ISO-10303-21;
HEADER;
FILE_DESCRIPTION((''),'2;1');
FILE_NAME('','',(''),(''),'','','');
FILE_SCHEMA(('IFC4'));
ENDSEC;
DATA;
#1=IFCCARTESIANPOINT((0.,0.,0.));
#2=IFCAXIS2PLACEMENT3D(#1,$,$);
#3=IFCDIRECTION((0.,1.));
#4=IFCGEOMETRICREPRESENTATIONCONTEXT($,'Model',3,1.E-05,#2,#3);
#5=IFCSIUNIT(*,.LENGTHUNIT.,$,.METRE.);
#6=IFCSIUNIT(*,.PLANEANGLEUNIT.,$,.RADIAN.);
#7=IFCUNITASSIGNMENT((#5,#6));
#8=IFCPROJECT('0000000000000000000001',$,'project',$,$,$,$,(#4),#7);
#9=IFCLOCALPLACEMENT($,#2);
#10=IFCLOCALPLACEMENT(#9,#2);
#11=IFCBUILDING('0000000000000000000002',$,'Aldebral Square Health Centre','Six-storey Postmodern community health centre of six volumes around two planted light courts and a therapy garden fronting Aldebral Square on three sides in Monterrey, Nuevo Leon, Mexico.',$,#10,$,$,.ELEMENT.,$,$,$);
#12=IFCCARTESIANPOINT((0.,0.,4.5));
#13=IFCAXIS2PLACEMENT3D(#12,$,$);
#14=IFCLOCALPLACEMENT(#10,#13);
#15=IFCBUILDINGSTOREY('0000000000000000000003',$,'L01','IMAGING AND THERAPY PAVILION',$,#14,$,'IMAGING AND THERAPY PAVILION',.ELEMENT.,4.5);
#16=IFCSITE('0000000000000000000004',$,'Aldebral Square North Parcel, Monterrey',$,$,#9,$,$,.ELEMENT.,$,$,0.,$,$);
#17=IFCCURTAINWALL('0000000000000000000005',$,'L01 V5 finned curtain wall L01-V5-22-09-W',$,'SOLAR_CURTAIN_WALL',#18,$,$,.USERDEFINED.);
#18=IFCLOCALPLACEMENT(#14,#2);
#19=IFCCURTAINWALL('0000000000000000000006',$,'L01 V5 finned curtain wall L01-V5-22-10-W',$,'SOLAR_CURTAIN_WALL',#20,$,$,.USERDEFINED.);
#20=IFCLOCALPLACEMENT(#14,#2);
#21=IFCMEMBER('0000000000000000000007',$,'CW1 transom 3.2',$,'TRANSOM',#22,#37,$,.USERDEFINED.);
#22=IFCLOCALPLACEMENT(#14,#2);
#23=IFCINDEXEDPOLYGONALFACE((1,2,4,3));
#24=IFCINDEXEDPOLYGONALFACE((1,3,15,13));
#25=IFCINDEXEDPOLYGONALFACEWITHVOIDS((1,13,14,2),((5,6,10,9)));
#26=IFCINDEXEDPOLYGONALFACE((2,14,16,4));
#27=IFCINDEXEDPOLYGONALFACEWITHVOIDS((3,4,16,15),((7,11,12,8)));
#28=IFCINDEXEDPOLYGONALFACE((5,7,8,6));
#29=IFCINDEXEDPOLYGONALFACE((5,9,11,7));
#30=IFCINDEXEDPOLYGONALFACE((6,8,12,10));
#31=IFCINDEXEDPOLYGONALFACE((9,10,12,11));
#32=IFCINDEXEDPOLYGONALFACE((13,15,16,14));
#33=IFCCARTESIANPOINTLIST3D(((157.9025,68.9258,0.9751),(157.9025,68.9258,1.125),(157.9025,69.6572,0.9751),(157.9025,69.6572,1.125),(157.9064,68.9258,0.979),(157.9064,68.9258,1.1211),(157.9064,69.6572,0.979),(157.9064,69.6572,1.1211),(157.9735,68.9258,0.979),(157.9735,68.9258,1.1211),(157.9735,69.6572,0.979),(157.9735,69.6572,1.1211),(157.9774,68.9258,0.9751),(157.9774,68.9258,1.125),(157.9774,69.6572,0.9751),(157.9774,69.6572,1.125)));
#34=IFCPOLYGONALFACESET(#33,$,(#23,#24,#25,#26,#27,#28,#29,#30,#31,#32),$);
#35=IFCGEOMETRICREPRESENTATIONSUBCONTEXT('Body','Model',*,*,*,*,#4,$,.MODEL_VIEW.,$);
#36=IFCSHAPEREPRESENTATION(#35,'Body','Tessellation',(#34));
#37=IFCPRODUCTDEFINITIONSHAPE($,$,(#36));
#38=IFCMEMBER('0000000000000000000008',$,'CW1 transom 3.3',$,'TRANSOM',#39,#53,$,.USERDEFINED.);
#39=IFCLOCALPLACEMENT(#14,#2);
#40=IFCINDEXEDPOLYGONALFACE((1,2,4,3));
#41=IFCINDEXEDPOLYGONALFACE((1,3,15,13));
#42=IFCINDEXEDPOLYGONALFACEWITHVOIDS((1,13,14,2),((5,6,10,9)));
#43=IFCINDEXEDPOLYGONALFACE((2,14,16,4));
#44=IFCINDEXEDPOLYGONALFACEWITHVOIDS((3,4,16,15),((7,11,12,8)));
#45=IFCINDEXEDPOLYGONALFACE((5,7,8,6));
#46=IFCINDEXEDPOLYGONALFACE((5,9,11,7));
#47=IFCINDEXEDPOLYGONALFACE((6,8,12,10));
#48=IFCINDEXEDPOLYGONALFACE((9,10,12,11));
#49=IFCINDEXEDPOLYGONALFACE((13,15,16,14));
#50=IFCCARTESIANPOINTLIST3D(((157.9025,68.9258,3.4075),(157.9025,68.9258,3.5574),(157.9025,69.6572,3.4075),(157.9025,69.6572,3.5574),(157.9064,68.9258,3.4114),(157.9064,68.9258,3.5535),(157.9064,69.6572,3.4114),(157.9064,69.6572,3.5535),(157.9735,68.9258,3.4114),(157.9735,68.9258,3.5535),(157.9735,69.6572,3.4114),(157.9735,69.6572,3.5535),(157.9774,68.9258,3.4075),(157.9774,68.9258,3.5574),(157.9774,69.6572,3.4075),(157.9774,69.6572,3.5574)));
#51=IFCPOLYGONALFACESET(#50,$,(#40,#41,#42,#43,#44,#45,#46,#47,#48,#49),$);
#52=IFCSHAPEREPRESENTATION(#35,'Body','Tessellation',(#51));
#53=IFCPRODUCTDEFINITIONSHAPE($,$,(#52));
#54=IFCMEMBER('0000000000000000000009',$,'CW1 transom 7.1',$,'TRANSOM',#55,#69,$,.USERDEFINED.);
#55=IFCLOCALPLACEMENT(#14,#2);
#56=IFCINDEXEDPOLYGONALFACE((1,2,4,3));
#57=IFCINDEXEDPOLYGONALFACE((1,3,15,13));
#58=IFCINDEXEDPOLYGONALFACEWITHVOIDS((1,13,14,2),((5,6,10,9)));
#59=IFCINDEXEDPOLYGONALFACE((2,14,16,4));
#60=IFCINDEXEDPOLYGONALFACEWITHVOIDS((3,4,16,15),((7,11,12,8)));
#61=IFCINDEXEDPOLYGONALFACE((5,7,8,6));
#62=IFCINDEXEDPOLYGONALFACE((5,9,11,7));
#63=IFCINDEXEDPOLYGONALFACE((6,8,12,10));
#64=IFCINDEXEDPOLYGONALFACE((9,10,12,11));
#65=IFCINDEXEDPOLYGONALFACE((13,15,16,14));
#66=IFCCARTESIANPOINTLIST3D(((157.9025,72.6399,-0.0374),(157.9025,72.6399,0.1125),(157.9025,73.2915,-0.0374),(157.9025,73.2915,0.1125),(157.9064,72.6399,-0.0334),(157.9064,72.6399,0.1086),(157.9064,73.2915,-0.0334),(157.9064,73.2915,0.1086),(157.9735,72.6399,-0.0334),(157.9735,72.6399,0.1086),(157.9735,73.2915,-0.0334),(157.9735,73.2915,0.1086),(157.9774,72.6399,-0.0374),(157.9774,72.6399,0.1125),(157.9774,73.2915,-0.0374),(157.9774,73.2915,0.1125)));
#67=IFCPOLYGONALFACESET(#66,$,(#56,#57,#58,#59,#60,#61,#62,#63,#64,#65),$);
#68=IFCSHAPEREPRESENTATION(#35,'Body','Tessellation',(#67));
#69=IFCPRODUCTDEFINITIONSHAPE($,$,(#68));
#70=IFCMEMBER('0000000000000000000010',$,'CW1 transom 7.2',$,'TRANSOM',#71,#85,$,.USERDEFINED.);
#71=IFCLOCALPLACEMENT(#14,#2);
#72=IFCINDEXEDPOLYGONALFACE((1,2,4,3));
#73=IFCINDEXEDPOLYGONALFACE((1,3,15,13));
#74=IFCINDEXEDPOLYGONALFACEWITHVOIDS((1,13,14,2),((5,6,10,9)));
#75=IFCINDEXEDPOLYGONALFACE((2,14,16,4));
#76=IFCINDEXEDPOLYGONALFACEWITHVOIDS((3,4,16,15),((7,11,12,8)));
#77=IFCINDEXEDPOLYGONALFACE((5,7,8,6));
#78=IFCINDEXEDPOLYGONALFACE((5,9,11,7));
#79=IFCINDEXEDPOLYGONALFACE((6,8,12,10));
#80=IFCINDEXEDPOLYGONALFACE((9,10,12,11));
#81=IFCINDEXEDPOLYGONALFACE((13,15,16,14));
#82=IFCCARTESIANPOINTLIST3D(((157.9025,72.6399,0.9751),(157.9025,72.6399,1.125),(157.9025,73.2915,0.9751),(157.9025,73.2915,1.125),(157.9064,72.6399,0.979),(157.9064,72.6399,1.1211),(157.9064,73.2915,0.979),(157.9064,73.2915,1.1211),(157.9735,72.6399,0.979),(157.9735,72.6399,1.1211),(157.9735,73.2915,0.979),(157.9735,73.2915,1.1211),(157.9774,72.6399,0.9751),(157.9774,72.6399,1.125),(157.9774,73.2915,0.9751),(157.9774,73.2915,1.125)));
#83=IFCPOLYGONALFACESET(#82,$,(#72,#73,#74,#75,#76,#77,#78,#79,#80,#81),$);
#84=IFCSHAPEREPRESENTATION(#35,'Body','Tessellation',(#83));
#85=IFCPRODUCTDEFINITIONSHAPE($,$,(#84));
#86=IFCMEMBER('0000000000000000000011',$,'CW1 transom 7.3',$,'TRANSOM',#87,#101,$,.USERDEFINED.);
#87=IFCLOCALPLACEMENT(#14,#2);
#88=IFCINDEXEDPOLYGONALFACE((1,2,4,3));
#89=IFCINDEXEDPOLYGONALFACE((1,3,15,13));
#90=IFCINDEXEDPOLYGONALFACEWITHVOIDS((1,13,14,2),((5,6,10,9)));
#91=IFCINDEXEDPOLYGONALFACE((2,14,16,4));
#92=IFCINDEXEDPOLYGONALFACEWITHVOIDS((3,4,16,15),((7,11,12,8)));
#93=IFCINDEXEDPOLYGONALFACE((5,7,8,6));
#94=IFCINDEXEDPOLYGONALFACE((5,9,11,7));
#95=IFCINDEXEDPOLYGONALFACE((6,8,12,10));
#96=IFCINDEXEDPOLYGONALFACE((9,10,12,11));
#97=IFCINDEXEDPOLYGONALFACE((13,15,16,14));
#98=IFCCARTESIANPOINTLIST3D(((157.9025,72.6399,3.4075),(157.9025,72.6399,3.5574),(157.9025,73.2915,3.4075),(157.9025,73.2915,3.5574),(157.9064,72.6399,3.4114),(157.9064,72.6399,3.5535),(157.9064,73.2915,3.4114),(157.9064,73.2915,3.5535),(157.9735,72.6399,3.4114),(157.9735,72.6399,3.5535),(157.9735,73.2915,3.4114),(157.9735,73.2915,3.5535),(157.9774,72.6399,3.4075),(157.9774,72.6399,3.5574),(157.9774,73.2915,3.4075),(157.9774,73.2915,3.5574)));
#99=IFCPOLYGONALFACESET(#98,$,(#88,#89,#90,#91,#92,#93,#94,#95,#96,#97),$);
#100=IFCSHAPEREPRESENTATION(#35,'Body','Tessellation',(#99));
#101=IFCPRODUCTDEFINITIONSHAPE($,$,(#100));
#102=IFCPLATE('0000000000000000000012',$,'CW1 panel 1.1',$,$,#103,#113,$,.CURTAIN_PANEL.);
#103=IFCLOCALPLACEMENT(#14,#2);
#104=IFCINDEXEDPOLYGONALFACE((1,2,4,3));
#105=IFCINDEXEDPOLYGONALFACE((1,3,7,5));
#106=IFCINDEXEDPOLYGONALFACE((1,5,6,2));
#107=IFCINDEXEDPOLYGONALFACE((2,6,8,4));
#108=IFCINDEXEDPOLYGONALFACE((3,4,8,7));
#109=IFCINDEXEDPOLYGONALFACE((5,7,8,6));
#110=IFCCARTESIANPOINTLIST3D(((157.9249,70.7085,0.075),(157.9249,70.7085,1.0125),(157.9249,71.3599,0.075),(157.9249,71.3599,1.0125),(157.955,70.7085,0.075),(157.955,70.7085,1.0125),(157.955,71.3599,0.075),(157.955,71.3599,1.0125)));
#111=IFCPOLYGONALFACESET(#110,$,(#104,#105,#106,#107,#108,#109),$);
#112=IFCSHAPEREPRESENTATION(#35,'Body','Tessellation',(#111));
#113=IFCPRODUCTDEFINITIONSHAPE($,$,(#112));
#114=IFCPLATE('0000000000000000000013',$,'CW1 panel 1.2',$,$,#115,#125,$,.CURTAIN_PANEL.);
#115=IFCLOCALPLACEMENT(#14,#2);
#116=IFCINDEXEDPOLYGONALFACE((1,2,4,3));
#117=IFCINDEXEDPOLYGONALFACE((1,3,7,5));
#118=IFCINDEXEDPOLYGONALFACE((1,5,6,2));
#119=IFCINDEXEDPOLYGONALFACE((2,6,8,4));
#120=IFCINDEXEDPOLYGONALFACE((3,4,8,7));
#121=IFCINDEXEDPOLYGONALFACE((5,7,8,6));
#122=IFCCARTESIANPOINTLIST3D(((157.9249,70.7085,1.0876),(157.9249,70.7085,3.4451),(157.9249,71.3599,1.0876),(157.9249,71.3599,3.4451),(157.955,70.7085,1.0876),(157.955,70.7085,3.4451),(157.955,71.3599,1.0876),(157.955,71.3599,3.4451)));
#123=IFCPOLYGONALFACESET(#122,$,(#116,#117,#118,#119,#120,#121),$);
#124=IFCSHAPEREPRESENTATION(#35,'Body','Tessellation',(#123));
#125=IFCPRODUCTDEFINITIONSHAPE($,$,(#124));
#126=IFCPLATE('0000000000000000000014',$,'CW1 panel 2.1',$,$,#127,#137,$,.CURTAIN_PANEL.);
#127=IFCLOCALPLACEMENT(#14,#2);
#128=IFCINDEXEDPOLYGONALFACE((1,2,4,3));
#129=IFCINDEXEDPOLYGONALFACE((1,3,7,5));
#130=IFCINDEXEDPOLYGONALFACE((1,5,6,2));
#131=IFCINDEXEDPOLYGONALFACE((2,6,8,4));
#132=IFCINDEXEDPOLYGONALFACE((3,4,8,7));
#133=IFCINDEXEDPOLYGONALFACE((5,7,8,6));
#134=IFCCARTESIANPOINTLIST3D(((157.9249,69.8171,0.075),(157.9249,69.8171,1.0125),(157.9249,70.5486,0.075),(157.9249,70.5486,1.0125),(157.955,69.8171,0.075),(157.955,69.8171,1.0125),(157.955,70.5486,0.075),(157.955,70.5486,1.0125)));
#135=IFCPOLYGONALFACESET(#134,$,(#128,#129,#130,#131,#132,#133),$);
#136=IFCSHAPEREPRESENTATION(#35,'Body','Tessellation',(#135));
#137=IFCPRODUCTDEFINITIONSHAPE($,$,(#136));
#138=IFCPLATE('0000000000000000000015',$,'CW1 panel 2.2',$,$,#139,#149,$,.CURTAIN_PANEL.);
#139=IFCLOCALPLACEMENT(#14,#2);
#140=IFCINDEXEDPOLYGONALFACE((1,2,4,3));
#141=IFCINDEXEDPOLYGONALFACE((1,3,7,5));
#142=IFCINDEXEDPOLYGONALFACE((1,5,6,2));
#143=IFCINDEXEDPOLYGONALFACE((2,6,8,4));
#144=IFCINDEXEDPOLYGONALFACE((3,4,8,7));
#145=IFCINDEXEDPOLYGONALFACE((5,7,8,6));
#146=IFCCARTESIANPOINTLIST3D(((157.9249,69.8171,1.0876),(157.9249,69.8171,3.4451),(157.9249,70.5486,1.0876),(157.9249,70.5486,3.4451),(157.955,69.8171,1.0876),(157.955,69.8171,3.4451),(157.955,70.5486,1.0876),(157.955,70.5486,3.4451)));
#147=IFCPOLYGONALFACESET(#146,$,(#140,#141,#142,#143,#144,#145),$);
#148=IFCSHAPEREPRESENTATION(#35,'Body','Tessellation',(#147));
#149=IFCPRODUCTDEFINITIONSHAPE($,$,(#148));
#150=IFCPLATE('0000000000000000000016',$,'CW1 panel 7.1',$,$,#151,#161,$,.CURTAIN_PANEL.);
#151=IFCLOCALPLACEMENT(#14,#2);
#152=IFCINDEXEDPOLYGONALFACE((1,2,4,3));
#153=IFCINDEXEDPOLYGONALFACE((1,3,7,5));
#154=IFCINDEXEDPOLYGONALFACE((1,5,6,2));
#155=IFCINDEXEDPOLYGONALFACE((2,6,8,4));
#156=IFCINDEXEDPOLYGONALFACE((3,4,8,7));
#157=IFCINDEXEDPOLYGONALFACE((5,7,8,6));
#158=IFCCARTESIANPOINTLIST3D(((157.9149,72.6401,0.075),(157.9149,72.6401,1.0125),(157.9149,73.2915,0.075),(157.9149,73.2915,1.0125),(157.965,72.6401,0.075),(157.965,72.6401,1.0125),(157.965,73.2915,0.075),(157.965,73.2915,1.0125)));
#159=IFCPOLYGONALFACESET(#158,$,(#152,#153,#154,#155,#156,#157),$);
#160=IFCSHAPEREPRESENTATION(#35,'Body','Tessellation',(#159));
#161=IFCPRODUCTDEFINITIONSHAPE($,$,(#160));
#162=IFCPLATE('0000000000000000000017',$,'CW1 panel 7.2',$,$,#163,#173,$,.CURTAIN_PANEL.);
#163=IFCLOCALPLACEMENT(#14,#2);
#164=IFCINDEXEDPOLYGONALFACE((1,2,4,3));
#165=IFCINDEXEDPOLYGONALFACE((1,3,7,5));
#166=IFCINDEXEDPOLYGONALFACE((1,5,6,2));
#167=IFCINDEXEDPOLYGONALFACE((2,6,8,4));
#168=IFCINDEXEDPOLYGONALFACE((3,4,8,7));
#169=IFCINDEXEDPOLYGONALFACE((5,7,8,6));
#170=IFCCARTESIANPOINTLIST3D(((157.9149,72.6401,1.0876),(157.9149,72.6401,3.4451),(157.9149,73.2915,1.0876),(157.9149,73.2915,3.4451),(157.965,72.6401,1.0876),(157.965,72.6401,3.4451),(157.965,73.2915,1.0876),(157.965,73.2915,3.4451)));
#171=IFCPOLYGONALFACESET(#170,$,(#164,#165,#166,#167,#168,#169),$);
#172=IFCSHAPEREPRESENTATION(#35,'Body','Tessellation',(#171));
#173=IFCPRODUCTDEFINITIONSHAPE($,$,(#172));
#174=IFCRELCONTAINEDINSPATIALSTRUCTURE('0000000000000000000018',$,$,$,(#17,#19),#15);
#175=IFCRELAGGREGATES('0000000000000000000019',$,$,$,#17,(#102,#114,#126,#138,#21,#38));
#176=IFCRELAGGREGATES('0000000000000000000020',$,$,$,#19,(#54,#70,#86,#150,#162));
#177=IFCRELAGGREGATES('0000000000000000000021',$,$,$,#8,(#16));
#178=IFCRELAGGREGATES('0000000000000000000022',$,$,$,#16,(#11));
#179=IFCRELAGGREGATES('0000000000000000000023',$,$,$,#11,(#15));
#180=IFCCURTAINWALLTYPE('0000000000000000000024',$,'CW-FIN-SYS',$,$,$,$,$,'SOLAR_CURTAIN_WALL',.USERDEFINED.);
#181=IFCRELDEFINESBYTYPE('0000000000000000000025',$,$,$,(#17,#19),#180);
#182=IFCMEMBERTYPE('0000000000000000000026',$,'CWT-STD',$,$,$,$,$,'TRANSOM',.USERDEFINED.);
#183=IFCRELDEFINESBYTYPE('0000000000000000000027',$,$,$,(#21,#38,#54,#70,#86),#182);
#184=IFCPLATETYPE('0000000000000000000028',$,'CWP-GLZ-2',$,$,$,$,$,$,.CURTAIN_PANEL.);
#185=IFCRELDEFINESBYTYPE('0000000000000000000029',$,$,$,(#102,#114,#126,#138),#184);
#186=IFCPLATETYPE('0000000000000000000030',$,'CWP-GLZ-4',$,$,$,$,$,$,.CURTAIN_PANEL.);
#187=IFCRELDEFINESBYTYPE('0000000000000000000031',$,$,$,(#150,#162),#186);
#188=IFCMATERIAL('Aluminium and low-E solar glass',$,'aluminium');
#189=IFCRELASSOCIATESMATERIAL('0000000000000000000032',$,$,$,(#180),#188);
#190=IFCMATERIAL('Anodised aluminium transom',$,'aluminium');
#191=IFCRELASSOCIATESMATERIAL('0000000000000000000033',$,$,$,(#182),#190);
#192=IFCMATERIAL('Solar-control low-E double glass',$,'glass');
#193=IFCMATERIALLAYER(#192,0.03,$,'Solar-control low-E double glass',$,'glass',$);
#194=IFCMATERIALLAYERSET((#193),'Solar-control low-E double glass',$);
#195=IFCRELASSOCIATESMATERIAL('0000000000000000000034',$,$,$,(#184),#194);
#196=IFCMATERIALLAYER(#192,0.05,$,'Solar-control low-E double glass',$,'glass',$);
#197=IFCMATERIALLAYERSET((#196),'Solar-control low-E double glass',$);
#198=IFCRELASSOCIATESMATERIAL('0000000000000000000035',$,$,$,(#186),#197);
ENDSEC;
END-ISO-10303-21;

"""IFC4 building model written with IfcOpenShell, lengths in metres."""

from ifc_helpers import new_model, si_unit, direction, frame, origin, origin_2d, place, context, subcontext, project, spatial, rectangle, hollow_rectangle, extrude, material, layer, layer_set, material_profile, profile_set, type_object, element, aggregate, save


model = new_model("IFC4")

# Units and contexts
model_context = context("Model", 3, precision=1e-05, world=origin(), true_north=direction((0.0, 1.0)))
body_context = subcontext(model_context, "Body", "Model", "MODEL_VIEW")
ifc_project = project(units=[si_unit("LENGTHUNIT", "METRE"), si_unit("PLANEANGLEUNIT", "RADIAN")], contexts=[model_context])

# Site, building, storey
site_placement = place(None, origin())
site = spatial("IfcSite", under=ifc_project, at=site_placement, Name="Aldebral Square North Parcel, Monterrey", CompositionType="ELEMENT", RefElevation=0.0)
building_placement = place(site_placement, origin())
building = spatial("IfcBuilding", under=site, at=building_placement, Name="Aldebral Square Health Centre", Description="Six-storey Postmodern community health centre of six volumes around two planted light courts and a therapy garden fronting Aldebral Square on three sides in Monterrey, Nuevo Leon, Mexico.", CompositionType="ELEMENT")
storey_placement = place(building_placement, frame((0.0, 0.0, 4.5)))
storey = spatial("IfcBuildingStorey", under=building, at=storey_placement, Name="L01", Description="IMAGING AND THERAPY PAVILION", LongName="IMAGING AND THERAPY PAVILION", CompositionType="ELEMENT", Elevation=4.5)

# Curtain walls
ifc_material_1 = material(Name="Aluminium and low-E solar glass", Category="aluminium")
curtain_wall_type = type_object("IfcCurtainWallType", Name="CW-FIN-SYS", ElementType="SOLAR_CURTAIN_WALL", PredefinedType="USERDEFINED", material=ifc_material_1)
curtain_wall_1_placement = place(storey_placement, origin())
curtain_wall_1 = element("IfcCurtainWall", 1, at=curtain_wall_1_placement, inside=storey, type_object=curtain_wall_type, Name="L01 V5 finned curtain wall L01-V5-22-09-W", ObjectType="SOLAR_CURTAIN_WALL", PredefinedType="USERDEFINED")
curtain_wall_2_placement = place(storey_placement, origin())
curtain_wall_2 = element("IfcCurtainWall", 2, at=curtain_wall_2_placement, inside=storey, type_object=curtain_wall_type, Name="L01 V5 finned curtain wall L01-V5-22-10-W", ObjectType="SOLAR_CURTAIN_WALL", PredefinedType="USERDEFINED")

# Members
ifc_material_2 = material(Name="Anodised aluminium transom", Category="aluminium")
ifc_material_profile_1 = material_profile(ifc_material_2, hollow_rectangle(XDim=0.075, YDim=0.1499, WallThickness=0.0039, at=origin_2d()), Name="CWT 75x150x4")
ifc_profile_set_1 = profile_set([ifc_material_profile_1], Name="Anodised aluminium transom")
member_type_1 = type_object("IfcMemberType", Name="CWT-STD", ElementType="TRANSOM", PredefinedType="USERDEFINED", material=ifc_profile_set_1)
member_1_placement = place(storey_placement, frame((157.9399, 69.6572, 1.05), z_axis=(0.0, -1.0, 0.0), x_axis=(1.0, 0.0, 0.0)))
member_1 = element("IfcMember", 3, at=member_1_placement, type_object=member_type_1, Name="CW1 transom 3.2", ObjectType="TRANSOM", PredefinedType="USERDEFINED", context=body_context, shape_type="SweptSolid", body=[
    extrude(hollow_rectangle(XDim=0.075, YDim=0.1499, WallThickness=0.0039, at=origin_2d()), origin(), (0.0, 0.0, 1.0), 0.7314),
])
member_2_placement = place(storey_placement, frame((157.9399, 69.6572, 3.4824), z_axis=(0.0, -1.0, 0.0), x_axis=(1.0, 0.0, 0.0)))
member_2 = element("IfcMember", 4, at=member_2_placement, type_object=member_type_1, Name="CW1 transom 3.3", ObjectType="TRANSOM", PredefinedType="USERDEFINED", context=body_context, shape_type="SweptSolid", body=[
    extrude(hollow_rectangle(XDim=0.075, YDim=0.1499, WallThickness=0.0039, at=origin_2d()), origin(), (0.0, 0.0, 1.0), 0.7314),
])
member_3_placement = place(storey_placement, frame((157.9399, 73.2915, 0.0376), z_axis=(0.0, -1.0, 0.0), x_axis=(1.0, 0.0, 0.0)))
member_3 = element("IfcMember", 5, at=member_3_placement, type_object=member_type_1, Name="CW1 transom 7.1", ObjectType="TRANSOM", PredefinedType="USERDEFINED", context=body_context, shape_type="SweptSolid", body=[
    extrude(hollow_rectangle(XDim=0.075, YDim=0.1499, WallThickness=0.0039, at=origin_2d()), origin(), (0.0, 0.0, 1.0), 0.6516),
])
member_4_placement = place(storey_placement, frame((157.9399, 73.2915, 1.05), z_axis=(0.0, -1.0, 0.0), x_axis=(1.0, 0.0, 0.0)))
member_4 = element("IfcMember", 6, at=member_4_placement, type_object=member_type_1, Name="CW1 transom 7.2", ObjectType="TRANSOM", PredefinedType="USERDEFINED", context=body_context, shape_type="SweptSolid", body=[
    extrude(hollow_rectangle(XDim=0.075, YDim=0.1499, WallThickness=0.0039, at=origin_2d()), origin(), (0.0, 0.0, 1.0), 0.6516),
])
member_5_placement = place(storey_placement, frame((157.9399, 73.2915, 3.4824), z_axis=(0.0, -1.0, 0.0), x_axis=(1.0, 0.0, 0.0)))
member_5 = element("IfcMember", 7, at=member_5_placement, type_object=member_type_1, Name="CW1 transom 7.3", ObjectType="TRANSOM", PredefinedType="USERDEFINED", context=body_context, shape_type="SweptSolid", body=[
    extrude(hollow_rectangle(XDim=0.075, YDim=0.1499, WallThickness=0.0039, at=origin_2d()), origin(), (0.0, 0.0, 1.0), 0.6516),
])

# Plates
ifc_material_3 = material(Name="Solar-control low-E double glass", Category="glass")
ifc_layer_1 = layer(ifc_material_3, 0.03, Name="Solar-control low-E double glass", Category="glass")
ifc_layer_set_1 = layer_set([ifc_layer_1], Name="Solar-control low-E double glass")
plate_type_1 = type_object("IfcPlateType", Name="CWP-GLZ-2", PredefinedType="CURTAIN_PANEL", material=ifc_layer_set_1)
plate_1_placement = place(storey_placement, frame((157.9399, 71.0342, 0.075), z_axis=(0.0, 0.0, 1.0), x_axis=(0.0, -1.0, 0.0)))
plate_1 = element("IfcPlate", 8, at=plate_1_placement, type_object=plate_type_1, Name="CW1 panel 1.1", PredefinedType="CURTAIN_PANEL", context=body_context, shape_type="SweptSolid", body=[
    extrude(rectangle(XDim=0.6514, YDim=0.03, at=origin_2d()), origin(), (0.0, 0.0, 1.0), 0.9375),
])
plate_2_placement = place(storey_placement, frame((157.9399, 71.0342, 1.0876), z_axis=(0.0, 0.0, 1.0), x_axis=(0.0, -1.0, 0.0)))
plate_2 = element("IfcPlate", 9, at=plate_2_placement, type_object=plate_type_1, Name="CW1 panel 1.2", PredefinedType="CURTAIN_PANEL", context=body_context, shape_type="SweptSolid", body=[
    extrude(rectangle(XDim=0.6514, YDim=0.03, at=origin_2d()), origin(), (0.0, 0.0, 1.0), 2.3574),
])
plate_3_placement = place(storey_placement, frame((157.9399, 70.1829, 0.075), z_axis=(0.0, 0.0, 1.0), x_axis=(0.0, -1.0, 0.0)))
plate_3 = element("IfcPlate", 10, at=plate_3_placement, type_object=plate_type_1, Name="CW1 panel 2.1", PredefinedType="CURTAIN_PANEL", context=body_context, shape_type="SweptSolid", body=[
    extrude(rectangle(XDim=0.7314, YDim=0.03, at=origin_2d()), origin(), (0.0, 0.0, 1.0), 0.9375),
])
plate_4_placement = place(storey_placement, frame((157.9399, 70.1829, 1.0876), z_axis=(0.0, 0.0, 1.0), x_axis=(0.0, -1.0, 0.0)))
plate_4 = element("IfcPlate", 11, at=plate_4_placement, type_object=plate_type_1, Name="CW1 panel 2.2", PredefinedType="CURTAIN_PANEL", context=body_context, shape_type="SweptSolid", body=[
    extrude(rectangle(XDim=0.7314, YDim=0.03, at=origin_2d()), origin(), (0.0, 0.0, 1.0), 2.3574),
])
aggregate(curtain_wall_1, [plate_1, plate_2, plate_3, plate_4, member_1, member_2])
ifc_layer_2 = layer(ifc_material_3, 0.05, Name="Solar-control low-E double glass", Category="glass")
ifc_layer_set_2 = layer_set([ifc_layer_2], Name="Solar-control low-E double glass")
plate_type_2 = type_object("IfcPlateType", Name="CWP-GLZ-4", PredefinedType="CURTAIN_PANEL", material=ifc_layer_set_2)
plate_5_placement = place(storey_placement, frame((157.9399, 72.9658, 0.075), z_axis=(0.0, 0.0, 1.0), x_axis=(0.0, -1.0, 0.0)))
plate_5 = element("IfcPlate", 12, at=plate_5_placement, type_object=plate_type_2, Name="CW1 panel 7.1", PredefinedType="CURTAIN_PANEL", context=body_context, shape_type="SweptSolid", body=[
    extrude(rectangle(XDim=0.6514, YDim=0.05, at=origin_2d()), origin(), (0.0, 0.0, 1.0), 0.9375),
])
plate_6_placement = place(storey_placement, frame((157.9399, 72.9658, 1.0876), z_axis=(0.0, 0.0, 1.0), x_axis=(0.0, -1.0, 0.0)))
plate_6 = element("IfcPlate", 13, at=plate_6_placement, type_object=plate_type_2, Name="CW1 panel 7.2", PredefinedType="CURTAIN_PANEL", context=body_context, shape_type="SweptSolid", body=[
    extrude(rectangle(XDim=0.6514, YDim=0.05, at=origin_2d()), origin(), (0.0, 0.0, 1.0), 2.3574),
])
aggregate(curtain_wall_2, [member_3, member_4, member_5, plate_5, plate_6])

save(model, "model.ifc")
